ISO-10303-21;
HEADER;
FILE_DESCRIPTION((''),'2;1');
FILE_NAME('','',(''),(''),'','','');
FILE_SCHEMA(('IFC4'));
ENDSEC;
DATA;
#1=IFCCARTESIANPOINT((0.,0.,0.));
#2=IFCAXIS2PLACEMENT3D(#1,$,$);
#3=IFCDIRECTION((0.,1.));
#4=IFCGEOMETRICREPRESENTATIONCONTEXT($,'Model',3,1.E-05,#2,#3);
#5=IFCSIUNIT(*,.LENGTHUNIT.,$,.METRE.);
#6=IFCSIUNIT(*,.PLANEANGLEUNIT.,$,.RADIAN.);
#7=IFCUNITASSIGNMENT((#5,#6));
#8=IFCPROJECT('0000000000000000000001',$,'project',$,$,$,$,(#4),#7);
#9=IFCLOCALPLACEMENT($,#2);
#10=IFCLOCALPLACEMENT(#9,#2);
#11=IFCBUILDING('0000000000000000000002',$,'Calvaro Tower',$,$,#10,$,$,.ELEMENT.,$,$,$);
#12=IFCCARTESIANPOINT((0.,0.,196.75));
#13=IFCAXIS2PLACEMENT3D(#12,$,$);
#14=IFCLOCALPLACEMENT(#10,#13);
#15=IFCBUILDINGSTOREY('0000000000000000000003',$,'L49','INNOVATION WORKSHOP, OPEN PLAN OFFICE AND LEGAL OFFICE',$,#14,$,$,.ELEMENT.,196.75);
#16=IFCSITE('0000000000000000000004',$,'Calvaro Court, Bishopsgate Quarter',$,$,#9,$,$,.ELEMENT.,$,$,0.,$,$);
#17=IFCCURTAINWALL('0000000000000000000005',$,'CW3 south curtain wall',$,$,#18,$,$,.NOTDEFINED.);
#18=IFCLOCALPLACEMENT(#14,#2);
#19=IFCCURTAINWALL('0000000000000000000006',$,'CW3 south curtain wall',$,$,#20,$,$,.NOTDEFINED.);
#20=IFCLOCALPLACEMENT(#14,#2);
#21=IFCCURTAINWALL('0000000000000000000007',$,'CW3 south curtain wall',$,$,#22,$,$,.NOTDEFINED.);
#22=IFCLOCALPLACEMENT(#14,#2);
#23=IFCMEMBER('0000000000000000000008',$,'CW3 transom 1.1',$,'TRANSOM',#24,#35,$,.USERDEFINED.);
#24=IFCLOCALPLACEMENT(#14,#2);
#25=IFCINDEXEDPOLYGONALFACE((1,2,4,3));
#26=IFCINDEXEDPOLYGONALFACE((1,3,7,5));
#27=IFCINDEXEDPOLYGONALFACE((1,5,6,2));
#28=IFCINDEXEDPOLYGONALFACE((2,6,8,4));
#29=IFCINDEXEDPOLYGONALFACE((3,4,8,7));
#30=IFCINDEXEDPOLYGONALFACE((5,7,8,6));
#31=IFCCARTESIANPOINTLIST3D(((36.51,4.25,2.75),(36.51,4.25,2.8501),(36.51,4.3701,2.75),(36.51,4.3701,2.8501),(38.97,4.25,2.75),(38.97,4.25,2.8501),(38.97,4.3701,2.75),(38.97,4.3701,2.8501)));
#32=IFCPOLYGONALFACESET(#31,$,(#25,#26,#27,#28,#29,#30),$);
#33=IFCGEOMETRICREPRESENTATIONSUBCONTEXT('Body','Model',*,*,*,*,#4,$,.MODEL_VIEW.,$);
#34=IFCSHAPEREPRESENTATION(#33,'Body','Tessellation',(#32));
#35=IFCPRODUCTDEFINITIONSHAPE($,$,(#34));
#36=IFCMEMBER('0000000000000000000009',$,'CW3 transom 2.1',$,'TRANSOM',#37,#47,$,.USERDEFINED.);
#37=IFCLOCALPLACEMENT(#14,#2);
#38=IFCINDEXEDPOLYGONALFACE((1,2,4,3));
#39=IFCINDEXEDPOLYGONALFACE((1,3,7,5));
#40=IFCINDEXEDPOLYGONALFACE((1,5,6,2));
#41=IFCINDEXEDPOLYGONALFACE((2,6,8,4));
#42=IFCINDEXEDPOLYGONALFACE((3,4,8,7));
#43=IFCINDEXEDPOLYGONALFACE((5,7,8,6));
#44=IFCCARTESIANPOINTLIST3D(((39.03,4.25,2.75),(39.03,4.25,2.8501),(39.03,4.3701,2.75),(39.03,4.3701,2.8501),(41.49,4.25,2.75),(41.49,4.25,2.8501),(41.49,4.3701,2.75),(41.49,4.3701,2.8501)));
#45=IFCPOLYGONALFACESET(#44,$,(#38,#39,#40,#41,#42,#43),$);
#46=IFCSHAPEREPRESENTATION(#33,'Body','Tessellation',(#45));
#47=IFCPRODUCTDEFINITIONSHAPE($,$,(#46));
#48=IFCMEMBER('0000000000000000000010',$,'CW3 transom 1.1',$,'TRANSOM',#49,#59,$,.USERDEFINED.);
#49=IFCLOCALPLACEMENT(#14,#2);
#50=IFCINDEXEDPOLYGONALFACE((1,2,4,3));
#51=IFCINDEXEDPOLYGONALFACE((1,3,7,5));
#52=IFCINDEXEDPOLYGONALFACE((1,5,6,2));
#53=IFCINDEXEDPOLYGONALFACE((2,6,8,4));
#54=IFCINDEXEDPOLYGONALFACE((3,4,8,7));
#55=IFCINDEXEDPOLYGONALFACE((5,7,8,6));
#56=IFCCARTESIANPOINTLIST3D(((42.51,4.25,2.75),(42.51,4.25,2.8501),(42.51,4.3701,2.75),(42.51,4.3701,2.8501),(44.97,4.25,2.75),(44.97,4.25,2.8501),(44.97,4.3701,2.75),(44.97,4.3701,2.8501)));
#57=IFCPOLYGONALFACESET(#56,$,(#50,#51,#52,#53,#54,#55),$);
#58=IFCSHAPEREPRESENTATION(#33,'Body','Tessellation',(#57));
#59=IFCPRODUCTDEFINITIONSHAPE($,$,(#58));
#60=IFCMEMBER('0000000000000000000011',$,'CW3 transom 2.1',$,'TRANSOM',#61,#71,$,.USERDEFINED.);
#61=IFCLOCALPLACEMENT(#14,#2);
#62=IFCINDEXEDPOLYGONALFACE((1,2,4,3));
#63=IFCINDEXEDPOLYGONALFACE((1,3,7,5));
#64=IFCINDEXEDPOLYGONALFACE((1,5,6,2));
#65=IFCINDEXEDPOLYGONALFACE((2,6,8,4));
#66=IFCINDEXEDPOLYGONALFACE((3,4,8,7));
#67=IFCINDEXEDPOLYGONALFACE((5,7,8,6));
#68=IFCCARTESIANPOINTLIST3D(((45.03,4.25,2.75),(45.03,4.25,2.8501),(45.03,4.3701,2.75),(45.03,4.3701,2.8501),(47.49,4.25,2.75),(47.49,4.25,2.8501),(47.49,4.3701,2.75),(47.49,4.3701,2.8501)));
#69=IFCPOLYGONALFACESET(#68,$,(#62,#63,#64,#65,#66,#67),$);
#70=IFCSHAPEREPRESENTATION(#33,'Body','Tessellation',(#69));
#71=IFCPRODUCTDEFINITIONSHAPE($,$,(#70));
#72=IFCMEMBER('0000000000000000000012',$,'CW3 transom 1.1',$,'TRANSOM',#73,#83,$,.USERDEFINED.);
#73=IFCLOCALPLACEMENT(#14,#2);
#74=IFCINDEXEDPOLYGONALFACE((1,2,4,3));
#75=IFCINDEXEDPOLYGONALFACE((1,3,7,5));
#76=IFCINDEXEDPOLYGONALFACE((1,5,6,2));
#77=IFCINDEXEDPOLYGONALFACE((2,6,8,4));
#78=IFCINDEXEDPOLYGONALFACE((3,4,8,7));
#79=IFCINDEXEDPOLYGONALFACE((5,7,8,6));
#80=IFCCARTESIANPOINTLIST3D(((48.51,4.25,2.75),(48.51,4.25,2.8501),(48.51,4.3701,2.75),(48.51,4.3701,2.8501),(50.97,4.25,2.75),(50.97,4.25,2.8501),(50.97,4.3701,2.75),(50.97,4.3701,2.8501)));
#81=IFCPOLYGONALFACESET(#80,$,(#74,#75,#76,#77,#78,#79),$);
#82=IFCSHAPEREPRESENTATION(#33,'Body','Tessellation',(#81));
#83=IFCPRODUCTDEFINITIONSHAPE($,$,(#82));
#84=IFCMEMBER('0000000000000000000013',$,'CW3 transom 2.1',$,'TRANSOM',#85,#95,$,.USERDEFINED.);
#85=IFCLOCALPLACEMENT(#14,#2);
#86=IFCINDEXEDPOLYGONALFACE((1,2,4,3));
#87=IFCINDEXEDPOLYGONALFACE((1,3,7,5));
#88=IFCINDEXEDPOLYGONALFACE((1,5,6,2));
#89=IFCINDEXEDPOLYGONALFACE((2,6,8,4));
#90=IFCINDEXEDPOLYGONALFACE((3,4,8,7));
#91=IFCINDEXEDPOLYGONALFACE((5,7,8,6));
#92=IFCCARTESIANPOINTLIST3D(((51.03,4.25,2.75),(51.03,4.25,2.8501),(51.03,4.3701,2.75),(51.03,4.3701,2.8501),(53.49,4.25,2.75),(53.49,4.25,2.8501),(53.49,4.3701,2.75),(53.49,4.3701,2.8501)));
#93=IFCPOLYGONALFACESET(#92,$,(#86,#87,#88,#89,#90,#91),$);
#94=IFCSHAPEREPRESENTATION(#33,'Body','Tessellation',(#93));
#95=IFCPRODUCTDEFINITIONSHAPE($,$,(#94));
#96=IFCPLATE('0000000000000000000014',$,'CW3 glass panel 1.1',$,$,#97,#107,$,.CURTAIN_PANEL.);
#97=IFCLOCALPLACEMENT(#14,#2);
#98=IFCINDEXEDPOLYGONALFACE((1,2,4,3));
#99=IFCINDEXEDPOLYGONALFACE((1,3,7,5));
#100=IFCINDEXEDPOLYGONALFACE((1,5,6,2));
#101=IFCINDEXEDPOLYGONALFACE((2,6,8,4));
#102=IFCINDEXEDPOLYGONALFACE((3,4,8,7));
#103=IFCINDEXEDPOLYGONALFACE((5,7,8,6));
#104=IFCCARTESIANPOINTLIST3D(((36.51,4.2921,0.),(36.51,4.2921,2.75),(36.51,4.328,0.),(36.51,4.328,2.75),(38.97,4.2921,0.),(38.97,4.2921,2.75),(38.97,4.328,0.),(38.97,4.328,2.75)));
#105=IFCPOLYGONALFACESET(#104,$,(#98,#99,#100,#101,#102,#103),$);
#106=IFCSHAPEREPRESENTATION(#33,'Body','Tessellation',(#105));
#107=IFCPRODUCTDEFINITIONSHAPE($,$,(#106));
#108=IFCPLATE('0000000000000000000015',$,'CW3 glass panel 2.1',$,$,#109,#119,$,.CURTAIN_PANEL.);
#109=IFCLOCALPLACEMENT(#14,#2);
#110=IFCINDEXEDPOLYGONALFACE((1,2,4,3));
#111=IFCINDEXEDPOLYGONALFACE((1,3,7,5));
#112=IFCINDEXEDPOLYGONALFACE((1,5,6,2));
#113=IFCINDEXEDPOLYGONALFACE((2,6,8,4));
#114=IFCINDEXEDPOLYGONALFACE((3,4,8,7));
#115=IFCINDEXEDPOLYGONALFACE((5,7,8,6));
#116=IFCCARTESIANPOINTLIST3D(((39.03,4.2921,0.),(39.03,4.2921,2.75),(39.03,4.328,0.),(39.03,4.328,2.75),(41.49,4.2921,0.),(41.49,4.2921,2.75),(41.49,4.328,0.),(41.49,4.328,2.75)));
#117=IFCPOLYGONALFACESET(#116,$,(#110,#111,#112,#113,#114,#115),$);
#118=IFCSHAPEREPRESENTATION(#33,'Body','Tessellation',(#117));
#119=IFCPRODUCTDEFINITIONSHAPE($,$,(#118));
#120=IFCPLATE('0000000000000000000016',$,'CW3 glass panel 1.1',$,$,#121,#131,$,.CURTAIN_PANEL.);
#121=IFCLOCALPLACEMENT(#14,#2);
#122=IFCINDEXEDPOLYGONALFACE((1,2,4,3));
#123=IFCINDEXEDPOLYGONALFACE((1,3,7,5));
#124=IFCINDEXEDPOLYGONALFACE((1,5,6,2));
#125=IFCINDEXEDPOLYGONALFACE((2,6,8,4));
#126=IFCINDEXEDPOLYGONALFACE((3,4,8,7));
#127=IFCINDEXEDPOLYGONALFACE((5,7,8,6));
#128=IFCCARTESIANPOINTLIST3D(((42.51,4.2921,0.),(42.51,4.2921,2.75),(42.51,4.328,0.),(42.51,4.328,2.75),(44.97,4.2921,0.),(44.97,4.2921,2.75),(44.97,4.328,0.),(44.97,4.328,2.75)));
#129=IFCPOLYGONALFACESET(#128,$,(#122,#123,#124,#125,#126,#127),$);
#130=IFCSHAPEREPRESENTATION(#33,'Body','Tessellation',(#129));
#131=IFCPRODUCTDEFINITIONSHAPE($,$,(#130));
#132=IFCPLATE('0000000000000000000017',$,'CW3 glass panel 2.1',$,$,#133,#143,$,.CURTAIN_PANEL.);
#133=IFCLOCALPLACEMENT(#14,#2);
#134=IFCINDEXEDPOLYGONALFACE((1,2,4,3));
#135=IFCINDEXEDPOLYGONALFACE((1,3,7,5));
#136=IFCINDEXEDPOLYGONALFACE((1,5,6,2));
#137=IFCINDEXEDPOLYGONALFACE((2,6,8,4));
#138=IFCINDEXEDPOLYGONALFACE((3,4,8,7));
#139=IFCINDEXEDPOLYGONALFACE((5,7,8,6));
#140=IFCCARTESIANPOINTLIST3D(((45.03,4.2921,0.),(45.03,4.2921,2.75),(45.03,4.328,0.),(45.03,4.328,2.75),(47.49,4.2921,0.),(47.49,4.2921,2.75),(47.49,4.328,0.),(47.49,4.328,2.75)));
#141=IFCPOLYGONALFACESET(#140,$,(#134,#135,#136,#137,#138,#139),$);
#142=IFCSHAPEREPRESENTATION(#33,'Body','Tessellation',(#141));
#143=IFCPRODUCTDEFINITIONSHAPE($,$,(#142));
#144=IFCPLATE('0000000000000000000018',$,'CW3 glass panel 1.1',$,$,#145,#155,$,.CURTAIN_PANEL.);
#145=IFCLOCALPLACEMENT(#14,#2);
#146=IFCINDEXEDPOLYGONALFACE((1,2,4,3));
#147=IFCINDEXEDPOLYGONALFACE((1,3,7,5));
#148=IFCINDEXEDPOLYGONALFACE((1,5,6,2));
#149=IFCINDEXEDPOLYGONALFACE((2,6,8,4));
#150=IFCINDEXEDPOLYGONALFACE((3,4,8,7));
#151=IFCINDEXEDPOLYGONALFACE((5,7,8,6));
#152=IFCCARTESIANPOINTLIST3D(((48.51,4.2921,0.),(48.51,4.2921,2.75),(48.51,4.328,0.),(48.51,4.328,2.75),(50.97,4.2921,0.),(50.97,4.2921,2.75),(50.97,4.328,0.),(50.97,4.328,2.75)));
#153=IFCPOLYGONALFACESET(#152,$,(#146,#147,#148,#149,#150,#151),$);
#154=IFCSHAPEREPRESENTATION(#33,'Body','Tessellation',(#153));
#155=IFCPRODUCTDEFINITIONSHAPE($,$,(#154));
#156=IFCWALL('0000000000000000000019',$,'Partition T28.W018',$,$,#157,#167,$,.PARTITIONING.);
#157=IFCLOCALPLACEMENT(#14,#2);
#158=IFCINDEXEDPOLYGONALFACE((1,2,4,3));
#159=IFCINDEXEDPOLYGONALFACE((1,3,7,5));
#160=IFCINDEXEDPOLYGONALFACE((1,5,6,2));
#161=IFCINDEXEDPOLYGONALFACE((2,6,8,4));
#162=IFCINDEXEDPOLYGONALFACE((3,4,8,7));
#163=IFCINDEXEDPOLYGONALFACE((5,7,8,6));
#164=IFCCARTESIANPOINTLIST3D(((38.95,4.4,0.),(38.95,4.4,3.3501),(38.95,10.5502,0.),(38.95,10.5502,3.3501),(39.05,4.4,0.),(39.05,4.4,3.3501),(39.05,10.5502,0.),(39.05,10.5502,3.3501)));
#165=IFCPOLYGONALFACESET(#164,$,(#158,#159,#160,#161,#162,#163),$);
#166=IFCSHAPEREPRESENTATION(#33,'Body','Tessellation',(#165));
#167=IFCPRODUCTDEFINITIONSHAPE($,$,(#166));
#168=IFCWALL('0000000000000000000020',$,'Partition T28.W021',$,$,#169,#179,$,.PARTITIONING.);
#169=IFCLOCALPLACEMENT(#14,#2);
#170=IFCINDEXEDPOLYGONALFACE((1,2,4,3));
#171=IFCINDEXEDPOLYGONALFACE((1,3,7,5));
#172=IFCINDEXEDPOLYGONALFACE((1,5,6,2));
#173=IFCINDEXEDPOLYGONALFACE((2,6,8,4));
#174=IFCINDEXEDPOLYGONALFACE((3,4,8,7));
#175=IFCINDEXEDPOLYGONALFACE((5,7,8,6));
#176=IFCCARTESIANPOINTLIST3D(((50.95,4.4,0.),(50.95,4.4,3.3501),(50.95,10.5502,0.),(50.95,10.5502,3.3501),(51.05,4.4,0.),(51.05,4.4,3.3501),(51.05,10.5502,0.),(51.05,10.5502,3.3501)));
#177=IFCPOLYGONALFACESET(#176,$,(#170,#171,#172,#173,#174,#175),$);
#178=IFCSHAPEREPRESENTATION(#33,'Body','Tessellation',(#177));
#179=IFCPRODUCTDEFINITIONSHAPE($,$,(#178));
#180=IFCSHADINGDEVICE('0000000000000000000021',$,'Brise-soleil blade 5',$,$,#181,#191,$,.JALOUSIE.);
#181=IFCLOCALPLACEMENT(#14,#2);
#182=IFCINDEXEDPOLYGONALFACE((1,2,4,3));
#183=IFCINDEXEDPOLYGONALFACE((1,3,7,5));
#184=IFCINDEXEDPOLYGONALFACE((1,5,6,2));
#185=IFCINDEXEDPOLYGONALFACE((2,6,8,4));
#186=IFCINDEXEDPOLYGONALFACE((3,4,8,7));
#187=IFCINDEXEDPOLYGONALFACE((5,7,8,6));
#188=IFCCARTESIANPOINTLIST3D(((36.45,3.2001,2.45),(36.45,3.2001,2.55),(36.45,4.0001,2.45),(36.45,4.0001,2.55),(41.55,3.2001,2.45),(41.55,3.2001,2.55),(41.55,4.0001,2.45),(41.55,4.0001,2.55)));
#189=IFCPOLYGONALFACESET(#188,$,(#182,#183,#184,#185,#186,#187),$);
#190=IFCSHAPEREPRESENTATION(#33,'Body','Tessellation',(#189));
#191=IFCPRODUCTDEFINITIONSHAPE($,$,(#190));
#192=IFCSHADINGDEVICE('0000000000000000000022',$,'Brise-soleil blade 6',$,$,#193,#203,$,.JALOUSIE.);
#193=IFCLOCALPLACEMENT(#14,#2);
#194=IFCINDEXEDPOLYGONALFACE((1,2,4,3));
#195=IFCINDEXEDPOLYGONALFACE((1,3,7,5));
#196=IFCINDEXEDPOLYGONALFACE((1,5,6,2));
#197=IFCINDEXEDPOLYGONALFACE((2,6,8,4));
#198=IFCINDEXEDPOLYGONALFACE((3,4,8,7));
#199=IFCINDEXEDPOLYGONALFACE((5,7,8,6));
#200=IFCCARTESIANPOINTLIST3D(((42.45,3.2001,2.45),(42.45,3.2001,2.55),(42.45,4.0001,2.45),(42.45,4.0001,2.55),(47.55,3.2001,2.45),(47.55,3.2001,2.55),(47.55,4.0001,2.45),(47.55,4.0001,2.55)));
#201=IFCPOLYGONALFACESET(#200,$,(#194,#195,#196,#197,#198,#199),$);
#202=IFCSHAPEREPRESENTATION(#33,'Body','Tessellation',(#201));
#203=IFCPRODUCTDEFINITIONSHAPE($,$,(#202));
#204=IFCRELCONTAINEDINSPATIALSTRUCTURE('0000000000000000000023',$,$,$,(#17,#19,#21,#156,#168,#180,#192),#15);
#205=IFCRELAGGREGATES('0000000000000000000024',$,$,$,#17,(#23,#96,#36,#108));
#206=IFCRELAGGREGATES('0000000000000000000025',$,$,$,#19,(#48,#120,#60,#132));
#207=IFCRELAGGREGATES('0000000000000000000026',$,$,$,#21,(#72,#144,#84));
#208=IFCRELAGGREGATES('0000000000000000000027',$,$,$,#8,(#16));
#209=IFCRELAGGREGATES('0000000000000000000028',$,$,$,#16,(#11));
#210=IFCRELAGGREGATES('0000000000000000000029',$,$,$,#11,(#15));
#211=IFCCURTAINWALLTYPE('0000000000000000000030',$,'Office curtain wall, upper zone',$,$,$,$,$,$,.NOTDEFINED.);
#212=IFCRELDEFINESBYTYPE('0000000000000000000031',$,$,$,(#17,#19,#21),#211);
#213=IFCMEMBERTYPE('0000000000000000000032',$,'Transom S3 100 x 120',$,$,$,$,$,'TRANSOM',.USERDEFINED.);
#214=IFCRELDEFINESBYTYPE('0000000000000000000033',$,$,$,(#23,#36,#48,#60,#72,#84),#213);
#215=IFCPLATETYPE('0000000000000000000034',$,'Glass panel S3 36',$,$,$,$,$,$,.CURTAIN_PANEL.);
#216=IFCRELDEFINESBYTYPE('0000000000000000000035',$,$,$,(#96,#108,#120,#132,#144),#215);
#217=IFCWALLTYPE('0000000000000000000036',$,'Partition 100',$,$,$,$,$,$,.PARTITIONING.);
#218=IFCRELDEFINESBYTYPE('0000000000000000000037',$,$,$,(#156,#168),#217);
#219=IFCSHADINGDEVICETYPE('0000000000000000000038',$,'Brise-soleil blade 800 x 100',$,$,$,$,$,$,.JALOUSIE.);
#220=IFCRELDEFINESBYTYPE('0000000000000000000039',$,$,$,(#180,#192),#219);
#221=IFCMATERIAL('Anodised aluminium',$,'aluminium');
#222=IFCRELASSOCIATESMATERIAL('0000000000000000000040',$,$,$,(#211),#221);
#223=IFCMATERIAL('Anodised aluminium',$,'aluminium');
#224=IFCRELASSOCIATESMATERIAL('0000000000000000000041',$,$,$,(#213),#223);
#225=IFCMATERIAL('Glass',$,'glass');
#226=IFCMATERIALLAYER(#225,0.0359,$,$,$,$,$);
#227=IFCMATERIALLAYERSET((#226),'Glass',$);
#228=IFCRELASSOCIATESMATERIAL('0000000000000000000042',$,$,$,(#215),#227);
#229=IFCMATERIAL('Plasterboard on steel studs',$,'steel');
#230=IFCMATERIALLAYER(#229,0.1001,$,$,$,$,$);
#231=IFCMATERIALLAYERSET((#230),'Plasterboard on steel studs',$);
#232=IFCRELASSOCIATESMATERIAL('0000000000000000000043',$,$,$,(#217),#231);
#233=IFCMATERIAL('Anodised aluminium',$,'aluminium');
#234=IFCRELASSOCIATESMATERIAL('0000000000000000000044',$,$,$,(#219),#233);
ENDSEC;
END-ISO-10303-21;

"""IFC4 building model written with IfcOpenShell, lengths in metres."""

from ifc_helpers import new_model, si_unit, direction, frame, frame_2d, origin, origin_2d, place, context, subcontext, project, spatial, rectangle, extrude, material, layer, layer_set, material_profile, profile_set, type_object, element, aggregate, save


model = new_model("IFC4")

# Units and contexts
model_context = context("Model", 3, precision=1e-05, world=origin(), true_north=direction((0.0, 1.0)))
body_context = subcontext(model_context, "Body", "Model", "MODEL_VIEW")
ifc_project = project(units=[si_unit("LENGTHUNIT", "METRE"), si_unit("PLANEANGLEUNIT", "RADIAN")], contexts=[model_context])

# Site, building, storey
site_placement = place(None, origin())
site = spatial("IfcSite", under=ifc_project, at=site_placement, Name="Calvaro Court, Bishopsgate Quarter", CompositionType="ELEMENT", RefElevation=0.0)
building_placement = place(site_placement, origin())
building = spatial("IfcBuilding", under=site, at=building_placement, Name="Calvaro Tower", CompositionType="ELEMENT")
storey_placement = place(building_placement, frame((0.0, 0.0, 196.75)))
storey = spatial("IfcBuildingStorey", under=building, at=storey_placement, Name="L49", Description="INNOVATION WORKSHOP, OPEN PLAN OFFICE AND LEGAL OFFICE", CompositionType="ELEMENT", Elevation=196.75)

# Shared definitions
ifc_material_1 = material(Name="Anodised aluminium", Category="aluminium")
curtain_wall_type = type_object("IfcCurtainWallType", Name="Office curtain wall, upper zone", PredefinedType="NOTDEFINED", material=ifc_material_1)

# Curtain walls
curtain_wall_1_placement = place(storey_placement, origin())
curtain_wall_1 = element("IfcCurtainWall", 1, at=curtain_wall_1_placement, inside=storey, type_object=curtain_wall_type, Name="CW3 south curtain wall", PredefinedType="NOTDEFINED")
curtain_wall_2_placement = place(storey_placement, origin())
curtain_wall_2 = element("IfcCurtainWall", 2, at=curtain_wall_2_placement, inside=storey, type_object=curtain_wall_type, Name="CW3 south curtain wall", PredefinedType="NOTDEFINED")
curtain_wall_3_placement = place(storey_placement, origin())
curtain_wall_3 = element("IfcCurtainWall", 3, at=curtain_wall_3_placement, inside=storey, type_object=curtain_wall_type, Name="CW3 south curtain wall", PredefinedType="NOTDEFINED")

# Members
ifc_material_2 = material(Name="Anodised aluminium", Category="aluminium")
ifc_material_profile_1 = material_profile(ifc_material_2, rectangle(XDim=0.1201, YDim=0.1001, at=origin_2d()), Name="Transom S3 100 x 120")
ifc_profile_set_1 = profile_set([ifc_material_profile_1], Name="Anodised aluminium")
member_type_1 = type_object("IfcMemberType", Name="Transom S3 100 x 120", ElementType="TRANSOM", PredefinedType="USERDEFINED", material=ifc_profile_set_1)
member_1_placement = place(storey_placement, frame((36.51, 4.3101, 2.8), z_axis=(1.0, 0.0, 0.0), x_axis=(0.0, 1.0, 0.0)))
member_1 = element("IfcMember", 4, at=member_1_placement, type_object=member_type_1, Name="CW3 transom 1.1", ObjectType="TRANSOM", PredefinedType="USERDEFINED", context=body_context, shape_type="SweptSolid", body=[
    extrude(rectangle(XDim=0.1201, YDim=0.1001, at=origin_2d()), origin(), (0.0, 0.0, 1.0), 2.46),
])
member_2_placement = place(storey_placement, frame((39.03, 4.3101, 2.8), z_axis=(1.0, 0.0, 0.0), x_axis=(0.0, 1.0, 0.0)))
member_2 = element("IfcMember", 5, at=member_2_placement, type_object=member_type_1, Name="CW3 transom 2.1", ObjectType="TRANSOM", PredefinedType="USERDEFINED", context=body_context, shape_type="SweptSolid", body=[
    extrude(rectangle(XDim=0.1201, YDim=0.1001, at=origin_2d()), origin(), (0.0, 0.0, 1.0), 2.46),
])
member_3_placement = place(storey_placement, frame((42.51, 4.3101, 2.8), z_axis=(1.0, 0.0, 0.0), x_axis=(0.0, 1.0, 0.0)))
member_3 = element("IfcMember", 6, at=member_3_placement, type_object=member_type_1, Name="CW3 transom 1.1", ObjectType="TRANSOM", PredefinedType="USERDEFINED", context=body_context, shape_type="SweptSolid", body=[
    extrude(rectangle(XDim=0.1201, YDim=0.1001, at=origin_2d()), origin(), (0.0, 0.0, 1.0), 2.46),
])
member_4_placement = place(storey_placement, frame((45.03, 4.3101, 2.8), z_axis=(1.0, 0.0, 0.0), x_axis=(0.0, 1.0, 0.0)))
member_4 = element("IfcMember", 7, at=member_4_placement, type_object=member_type_1, Name="CW3 transom 2.1", ObjectType="TRANSOM", PredefinedType="USERDEFINED", context=body_context, shape_type="SweptSolid", body=[
    extrude(rectangle(XDim=0.1201, YDim=0.1001, at=origin_2d()), origin(), (0.0, 0.0, 1.0), 2.46),
])
member_5_placement = place(storey_placement, frame((48.51, 4.3101, 2.8), z_axis=(1.0, 0.0, 0.0), x_axis=(0.0, 1.0, 0.0)))
member_5 = element("IfcMember", 8, at=member_5_placement, type_object=member_type_1, Name="CW3 transom 1.1", ObjectType="TRANSOM", PredefinedType="USERDEFINED", context=body_context, shape_type="SweptSolid", body=[
    extrude(rectangle(XDim=0.1201, YDim=0.1001, at=origin_2d()), origin(), (0.0, 0.0, 1.0), 2.46),
])
member_6_placement = place(storey_placement, frame((51.03, 4.3101, 2.8), z_axis=(1.0, 0.0, 0.0), x_axis=(0.0, 1.0, 0.0)))
member_6 = element("IfcMember", 9, at=member_6_placement, type_object=member_type_1, Name="CW3 transom 2.1", ObjectType="TRANSOM", PredefinedType="USERDEFINED", context=body_context, shape_type="SweptSolid", body=[
    extrude(rectangle(XDim=0.1201, YDim=0.1001, at=origin_2d()), origin(), (0.0, 0.0, 1.0), 2.46),
])

# Plates
ifc_material_3 = material(Name="Glass", Category="glass")
ifc_layer_1 = layer(ifc_material_3, 0.0359)
ifc_layer_set_1 = layer_set([ifc_layer_1], Name="Glass")
plate_type = type_object("IfcPlateType", Name="Glass panel S3 36", PredefinedType="CURTAIN_PANEL", material=ifc_layer_set_1)
plate_1_placement = place(storey_placement, frame((37.74, 4.3101, 0.0), z_axis=(0.0, 0.0, 1.0), x_axis=(1.0, 0.0, 0.0)))
plate_1 = element("IfcPlate", 10, at=plate_1_placement, type_object=plate_type, Name="CW3 glass panel 1.1", PredefinedType="CURTAIN_PANEL", context=body_context, shape_type="SweptSolid", body=[
    extrude(rectangle(XDim=2.46, YDim=0.0359, at=origin_2d()), origin(), (0.0, 0.0, 1.0), 2.75),
])
plate_2_placement = place(storey_placement, frame((40.26, 4.3101, 0.0), z_axis=(0.0, 0.0, 1.0), x_axis=(1.0, 0.0, 0.0)))
plate_2 = element("IfcPlate", 11, at=plate_2_placement, type_object=plate_type, Name="CW3 glass panel 2.1", PredefinedType="CURTAIN_PANEL", context=body_context, shape_type="SweptSolid", body=[
    extrude(rectangle(XDim=2.46, YDim=0.0359, at=origin_2d()), origin(), (0.0, 0.0, 1.0), 2.75),
])
aggregate(curtain_wall_1, [member_1, plate_1, member_2, plate_2])
plate_3_placement = place(storey_placement, frame((43.74, 4.3101, 0.0), z_axis=(0.0, 0.0, 1.0), x_axis=(1.0, 0.0, 0.0)))
plate_3 = element("IfcPlate", 12, at=plate_3_placement, type_object=plate_type, Name="CW3 glass panel 1.1", PredefinedType="CURTAIN_PANEL", context=body_context, shape_type="SweptSolid", body=[
    extrude(rectangle(XDim=2.46, YDim=0.0359, at=origin_2d()), origin(), (0.0, 0.0, 1.0), 2.75),
])
plate_4_placement = place(storey_placement, frame((46.26, 4.3101, 0.0), z_axis=(0.0, 0.0, 1.0), x_axis=(1.0, 0.0, 0.0)))
plate_4 = element("IfcPlate", 13, at=plate_4_placement, type_object=plate_type, Name="CW3 glass panel 2.1", PredefinedType="CURTAIN_PANEL", context=body_context, shape_type="SweptSolid", body=[
    extrude(rectangle(XDim=2.46, YDim=0.0359, at=origin_2d()), origin(), (0.0, 0.0, 1.0), 2.75),
])
aggregate(curtain_wall_2, [member_3, plate_3, member_4, plate_4])
plate_5_placement = place(storey_placement, frame((49.74, 4.3101, 0.0), z_axis=(0.0, 0.0, 1.0), x_axis=(1.0, 0.0, 0.0)))
plate_5 = element("IfcPlate", 14, at=plate_5_placement, type_object=plate_type, Name="CW3 glass panel 1.1", PredefinedType="CURTAIN_PANEL", context=body_context, shape_type="SweptSolid", body=[
    extrude(rectangle(XDim=2.46, YDim=0.0359, at=origin_2d()), origin(), (0.0, 0.0, 1.0), 2.75),
])
aggregate(curtain_wall_3, [member_5, plate_5, member_6])

# Walls
ifc_material_4 = material(Name="Plasterboard on steel studs", Category="steel")
ifc_layer_2 = layer(ifc_material_4, 0.1001)
ifc_layer_set_2 = layer_set([ifc_layer_2], Name="Plasterboard on steel studs")
wall_type = type_object("IfcWallType", Name="Partition 100", PredefinedType="PARTITIONING", material=ifc_layer_set_2)
for number, where, z_axis, x_axis, name in (
    (15, (39.0, 4.3999, 0.0), (0.0, 0.0, 1.0), (0.0, 1.0, 0.0), "Partition T28.W018"),
    (16, (51.0, 4.3999, 0.0), (0.0, 0.0, 1.0), (0.0, 1.0, 0.0), "Partition T28.W021"),
):
    element("IfcWall", number, at=place(storey_placement, frame(where, z_axis=z_axis, x_axis=x_axis)), inside=storey, type_object=wall_type, Name=name, PredefinedType="PARTITIONING", context=body_context, shape_type="SweptSolid", body=[
        extrude(rectangle(XDim=6.1501, YDim=0.1001, at=frame_2d((3.0752, 0.0))), origin(), (0.0, 0.0, 1.0), 3.3501),
    ])

# Shading devices
ifc_material_5 = material(Name="Anodised aluminium", Category="aluminium")
ifc_material_profile_2 = material_profile(ifc_material_5, rectangle(XDim=0.8, YDim=0.1001, at=origin_2d()), Name="Brise-soleil blade 800 x 100")
ifc_profile_set_2 = profile_set([ifc_material_profile_2], Name="Anodised aluminium")
shading_device_type = type_object("IfcShadingDeviceType", Name="Brise-soleil blade 800 x 100", PredefinedType="JALOUSIE", material=ifc_profile_set_2)
for number, where, z_axis, x_axis, name in (
    (17, (36.45, 3.6001, 2.5), (1.0, 0.0, 0.0), (0.0, 1.0, 0.0), "Brise-soleil blade 5"),
    (18, (42.45, 3.6001, 2.5), (1.0, 0.0, 0.0), (0.0, 1.0, 0.0), "Brise-soleil blade 6"),
):
    element("IfcShadingDevice", number, at=place(storey_placement, frame(where, z_axis=z_axis, x_axis=x_axis)), inside=storey, type_object=shading_device_type, Name=name, PredefinedType="JALOUSIE", context=body_context, shape_type="SweptSolid", body=[
        extrude(rectangle(XDim=0.8, YDim=0.1001, at=origin_2d()), origin(), (0.0, 0.0, 1.0), 5.1001),
    ])

save(model, "model.ifc")
